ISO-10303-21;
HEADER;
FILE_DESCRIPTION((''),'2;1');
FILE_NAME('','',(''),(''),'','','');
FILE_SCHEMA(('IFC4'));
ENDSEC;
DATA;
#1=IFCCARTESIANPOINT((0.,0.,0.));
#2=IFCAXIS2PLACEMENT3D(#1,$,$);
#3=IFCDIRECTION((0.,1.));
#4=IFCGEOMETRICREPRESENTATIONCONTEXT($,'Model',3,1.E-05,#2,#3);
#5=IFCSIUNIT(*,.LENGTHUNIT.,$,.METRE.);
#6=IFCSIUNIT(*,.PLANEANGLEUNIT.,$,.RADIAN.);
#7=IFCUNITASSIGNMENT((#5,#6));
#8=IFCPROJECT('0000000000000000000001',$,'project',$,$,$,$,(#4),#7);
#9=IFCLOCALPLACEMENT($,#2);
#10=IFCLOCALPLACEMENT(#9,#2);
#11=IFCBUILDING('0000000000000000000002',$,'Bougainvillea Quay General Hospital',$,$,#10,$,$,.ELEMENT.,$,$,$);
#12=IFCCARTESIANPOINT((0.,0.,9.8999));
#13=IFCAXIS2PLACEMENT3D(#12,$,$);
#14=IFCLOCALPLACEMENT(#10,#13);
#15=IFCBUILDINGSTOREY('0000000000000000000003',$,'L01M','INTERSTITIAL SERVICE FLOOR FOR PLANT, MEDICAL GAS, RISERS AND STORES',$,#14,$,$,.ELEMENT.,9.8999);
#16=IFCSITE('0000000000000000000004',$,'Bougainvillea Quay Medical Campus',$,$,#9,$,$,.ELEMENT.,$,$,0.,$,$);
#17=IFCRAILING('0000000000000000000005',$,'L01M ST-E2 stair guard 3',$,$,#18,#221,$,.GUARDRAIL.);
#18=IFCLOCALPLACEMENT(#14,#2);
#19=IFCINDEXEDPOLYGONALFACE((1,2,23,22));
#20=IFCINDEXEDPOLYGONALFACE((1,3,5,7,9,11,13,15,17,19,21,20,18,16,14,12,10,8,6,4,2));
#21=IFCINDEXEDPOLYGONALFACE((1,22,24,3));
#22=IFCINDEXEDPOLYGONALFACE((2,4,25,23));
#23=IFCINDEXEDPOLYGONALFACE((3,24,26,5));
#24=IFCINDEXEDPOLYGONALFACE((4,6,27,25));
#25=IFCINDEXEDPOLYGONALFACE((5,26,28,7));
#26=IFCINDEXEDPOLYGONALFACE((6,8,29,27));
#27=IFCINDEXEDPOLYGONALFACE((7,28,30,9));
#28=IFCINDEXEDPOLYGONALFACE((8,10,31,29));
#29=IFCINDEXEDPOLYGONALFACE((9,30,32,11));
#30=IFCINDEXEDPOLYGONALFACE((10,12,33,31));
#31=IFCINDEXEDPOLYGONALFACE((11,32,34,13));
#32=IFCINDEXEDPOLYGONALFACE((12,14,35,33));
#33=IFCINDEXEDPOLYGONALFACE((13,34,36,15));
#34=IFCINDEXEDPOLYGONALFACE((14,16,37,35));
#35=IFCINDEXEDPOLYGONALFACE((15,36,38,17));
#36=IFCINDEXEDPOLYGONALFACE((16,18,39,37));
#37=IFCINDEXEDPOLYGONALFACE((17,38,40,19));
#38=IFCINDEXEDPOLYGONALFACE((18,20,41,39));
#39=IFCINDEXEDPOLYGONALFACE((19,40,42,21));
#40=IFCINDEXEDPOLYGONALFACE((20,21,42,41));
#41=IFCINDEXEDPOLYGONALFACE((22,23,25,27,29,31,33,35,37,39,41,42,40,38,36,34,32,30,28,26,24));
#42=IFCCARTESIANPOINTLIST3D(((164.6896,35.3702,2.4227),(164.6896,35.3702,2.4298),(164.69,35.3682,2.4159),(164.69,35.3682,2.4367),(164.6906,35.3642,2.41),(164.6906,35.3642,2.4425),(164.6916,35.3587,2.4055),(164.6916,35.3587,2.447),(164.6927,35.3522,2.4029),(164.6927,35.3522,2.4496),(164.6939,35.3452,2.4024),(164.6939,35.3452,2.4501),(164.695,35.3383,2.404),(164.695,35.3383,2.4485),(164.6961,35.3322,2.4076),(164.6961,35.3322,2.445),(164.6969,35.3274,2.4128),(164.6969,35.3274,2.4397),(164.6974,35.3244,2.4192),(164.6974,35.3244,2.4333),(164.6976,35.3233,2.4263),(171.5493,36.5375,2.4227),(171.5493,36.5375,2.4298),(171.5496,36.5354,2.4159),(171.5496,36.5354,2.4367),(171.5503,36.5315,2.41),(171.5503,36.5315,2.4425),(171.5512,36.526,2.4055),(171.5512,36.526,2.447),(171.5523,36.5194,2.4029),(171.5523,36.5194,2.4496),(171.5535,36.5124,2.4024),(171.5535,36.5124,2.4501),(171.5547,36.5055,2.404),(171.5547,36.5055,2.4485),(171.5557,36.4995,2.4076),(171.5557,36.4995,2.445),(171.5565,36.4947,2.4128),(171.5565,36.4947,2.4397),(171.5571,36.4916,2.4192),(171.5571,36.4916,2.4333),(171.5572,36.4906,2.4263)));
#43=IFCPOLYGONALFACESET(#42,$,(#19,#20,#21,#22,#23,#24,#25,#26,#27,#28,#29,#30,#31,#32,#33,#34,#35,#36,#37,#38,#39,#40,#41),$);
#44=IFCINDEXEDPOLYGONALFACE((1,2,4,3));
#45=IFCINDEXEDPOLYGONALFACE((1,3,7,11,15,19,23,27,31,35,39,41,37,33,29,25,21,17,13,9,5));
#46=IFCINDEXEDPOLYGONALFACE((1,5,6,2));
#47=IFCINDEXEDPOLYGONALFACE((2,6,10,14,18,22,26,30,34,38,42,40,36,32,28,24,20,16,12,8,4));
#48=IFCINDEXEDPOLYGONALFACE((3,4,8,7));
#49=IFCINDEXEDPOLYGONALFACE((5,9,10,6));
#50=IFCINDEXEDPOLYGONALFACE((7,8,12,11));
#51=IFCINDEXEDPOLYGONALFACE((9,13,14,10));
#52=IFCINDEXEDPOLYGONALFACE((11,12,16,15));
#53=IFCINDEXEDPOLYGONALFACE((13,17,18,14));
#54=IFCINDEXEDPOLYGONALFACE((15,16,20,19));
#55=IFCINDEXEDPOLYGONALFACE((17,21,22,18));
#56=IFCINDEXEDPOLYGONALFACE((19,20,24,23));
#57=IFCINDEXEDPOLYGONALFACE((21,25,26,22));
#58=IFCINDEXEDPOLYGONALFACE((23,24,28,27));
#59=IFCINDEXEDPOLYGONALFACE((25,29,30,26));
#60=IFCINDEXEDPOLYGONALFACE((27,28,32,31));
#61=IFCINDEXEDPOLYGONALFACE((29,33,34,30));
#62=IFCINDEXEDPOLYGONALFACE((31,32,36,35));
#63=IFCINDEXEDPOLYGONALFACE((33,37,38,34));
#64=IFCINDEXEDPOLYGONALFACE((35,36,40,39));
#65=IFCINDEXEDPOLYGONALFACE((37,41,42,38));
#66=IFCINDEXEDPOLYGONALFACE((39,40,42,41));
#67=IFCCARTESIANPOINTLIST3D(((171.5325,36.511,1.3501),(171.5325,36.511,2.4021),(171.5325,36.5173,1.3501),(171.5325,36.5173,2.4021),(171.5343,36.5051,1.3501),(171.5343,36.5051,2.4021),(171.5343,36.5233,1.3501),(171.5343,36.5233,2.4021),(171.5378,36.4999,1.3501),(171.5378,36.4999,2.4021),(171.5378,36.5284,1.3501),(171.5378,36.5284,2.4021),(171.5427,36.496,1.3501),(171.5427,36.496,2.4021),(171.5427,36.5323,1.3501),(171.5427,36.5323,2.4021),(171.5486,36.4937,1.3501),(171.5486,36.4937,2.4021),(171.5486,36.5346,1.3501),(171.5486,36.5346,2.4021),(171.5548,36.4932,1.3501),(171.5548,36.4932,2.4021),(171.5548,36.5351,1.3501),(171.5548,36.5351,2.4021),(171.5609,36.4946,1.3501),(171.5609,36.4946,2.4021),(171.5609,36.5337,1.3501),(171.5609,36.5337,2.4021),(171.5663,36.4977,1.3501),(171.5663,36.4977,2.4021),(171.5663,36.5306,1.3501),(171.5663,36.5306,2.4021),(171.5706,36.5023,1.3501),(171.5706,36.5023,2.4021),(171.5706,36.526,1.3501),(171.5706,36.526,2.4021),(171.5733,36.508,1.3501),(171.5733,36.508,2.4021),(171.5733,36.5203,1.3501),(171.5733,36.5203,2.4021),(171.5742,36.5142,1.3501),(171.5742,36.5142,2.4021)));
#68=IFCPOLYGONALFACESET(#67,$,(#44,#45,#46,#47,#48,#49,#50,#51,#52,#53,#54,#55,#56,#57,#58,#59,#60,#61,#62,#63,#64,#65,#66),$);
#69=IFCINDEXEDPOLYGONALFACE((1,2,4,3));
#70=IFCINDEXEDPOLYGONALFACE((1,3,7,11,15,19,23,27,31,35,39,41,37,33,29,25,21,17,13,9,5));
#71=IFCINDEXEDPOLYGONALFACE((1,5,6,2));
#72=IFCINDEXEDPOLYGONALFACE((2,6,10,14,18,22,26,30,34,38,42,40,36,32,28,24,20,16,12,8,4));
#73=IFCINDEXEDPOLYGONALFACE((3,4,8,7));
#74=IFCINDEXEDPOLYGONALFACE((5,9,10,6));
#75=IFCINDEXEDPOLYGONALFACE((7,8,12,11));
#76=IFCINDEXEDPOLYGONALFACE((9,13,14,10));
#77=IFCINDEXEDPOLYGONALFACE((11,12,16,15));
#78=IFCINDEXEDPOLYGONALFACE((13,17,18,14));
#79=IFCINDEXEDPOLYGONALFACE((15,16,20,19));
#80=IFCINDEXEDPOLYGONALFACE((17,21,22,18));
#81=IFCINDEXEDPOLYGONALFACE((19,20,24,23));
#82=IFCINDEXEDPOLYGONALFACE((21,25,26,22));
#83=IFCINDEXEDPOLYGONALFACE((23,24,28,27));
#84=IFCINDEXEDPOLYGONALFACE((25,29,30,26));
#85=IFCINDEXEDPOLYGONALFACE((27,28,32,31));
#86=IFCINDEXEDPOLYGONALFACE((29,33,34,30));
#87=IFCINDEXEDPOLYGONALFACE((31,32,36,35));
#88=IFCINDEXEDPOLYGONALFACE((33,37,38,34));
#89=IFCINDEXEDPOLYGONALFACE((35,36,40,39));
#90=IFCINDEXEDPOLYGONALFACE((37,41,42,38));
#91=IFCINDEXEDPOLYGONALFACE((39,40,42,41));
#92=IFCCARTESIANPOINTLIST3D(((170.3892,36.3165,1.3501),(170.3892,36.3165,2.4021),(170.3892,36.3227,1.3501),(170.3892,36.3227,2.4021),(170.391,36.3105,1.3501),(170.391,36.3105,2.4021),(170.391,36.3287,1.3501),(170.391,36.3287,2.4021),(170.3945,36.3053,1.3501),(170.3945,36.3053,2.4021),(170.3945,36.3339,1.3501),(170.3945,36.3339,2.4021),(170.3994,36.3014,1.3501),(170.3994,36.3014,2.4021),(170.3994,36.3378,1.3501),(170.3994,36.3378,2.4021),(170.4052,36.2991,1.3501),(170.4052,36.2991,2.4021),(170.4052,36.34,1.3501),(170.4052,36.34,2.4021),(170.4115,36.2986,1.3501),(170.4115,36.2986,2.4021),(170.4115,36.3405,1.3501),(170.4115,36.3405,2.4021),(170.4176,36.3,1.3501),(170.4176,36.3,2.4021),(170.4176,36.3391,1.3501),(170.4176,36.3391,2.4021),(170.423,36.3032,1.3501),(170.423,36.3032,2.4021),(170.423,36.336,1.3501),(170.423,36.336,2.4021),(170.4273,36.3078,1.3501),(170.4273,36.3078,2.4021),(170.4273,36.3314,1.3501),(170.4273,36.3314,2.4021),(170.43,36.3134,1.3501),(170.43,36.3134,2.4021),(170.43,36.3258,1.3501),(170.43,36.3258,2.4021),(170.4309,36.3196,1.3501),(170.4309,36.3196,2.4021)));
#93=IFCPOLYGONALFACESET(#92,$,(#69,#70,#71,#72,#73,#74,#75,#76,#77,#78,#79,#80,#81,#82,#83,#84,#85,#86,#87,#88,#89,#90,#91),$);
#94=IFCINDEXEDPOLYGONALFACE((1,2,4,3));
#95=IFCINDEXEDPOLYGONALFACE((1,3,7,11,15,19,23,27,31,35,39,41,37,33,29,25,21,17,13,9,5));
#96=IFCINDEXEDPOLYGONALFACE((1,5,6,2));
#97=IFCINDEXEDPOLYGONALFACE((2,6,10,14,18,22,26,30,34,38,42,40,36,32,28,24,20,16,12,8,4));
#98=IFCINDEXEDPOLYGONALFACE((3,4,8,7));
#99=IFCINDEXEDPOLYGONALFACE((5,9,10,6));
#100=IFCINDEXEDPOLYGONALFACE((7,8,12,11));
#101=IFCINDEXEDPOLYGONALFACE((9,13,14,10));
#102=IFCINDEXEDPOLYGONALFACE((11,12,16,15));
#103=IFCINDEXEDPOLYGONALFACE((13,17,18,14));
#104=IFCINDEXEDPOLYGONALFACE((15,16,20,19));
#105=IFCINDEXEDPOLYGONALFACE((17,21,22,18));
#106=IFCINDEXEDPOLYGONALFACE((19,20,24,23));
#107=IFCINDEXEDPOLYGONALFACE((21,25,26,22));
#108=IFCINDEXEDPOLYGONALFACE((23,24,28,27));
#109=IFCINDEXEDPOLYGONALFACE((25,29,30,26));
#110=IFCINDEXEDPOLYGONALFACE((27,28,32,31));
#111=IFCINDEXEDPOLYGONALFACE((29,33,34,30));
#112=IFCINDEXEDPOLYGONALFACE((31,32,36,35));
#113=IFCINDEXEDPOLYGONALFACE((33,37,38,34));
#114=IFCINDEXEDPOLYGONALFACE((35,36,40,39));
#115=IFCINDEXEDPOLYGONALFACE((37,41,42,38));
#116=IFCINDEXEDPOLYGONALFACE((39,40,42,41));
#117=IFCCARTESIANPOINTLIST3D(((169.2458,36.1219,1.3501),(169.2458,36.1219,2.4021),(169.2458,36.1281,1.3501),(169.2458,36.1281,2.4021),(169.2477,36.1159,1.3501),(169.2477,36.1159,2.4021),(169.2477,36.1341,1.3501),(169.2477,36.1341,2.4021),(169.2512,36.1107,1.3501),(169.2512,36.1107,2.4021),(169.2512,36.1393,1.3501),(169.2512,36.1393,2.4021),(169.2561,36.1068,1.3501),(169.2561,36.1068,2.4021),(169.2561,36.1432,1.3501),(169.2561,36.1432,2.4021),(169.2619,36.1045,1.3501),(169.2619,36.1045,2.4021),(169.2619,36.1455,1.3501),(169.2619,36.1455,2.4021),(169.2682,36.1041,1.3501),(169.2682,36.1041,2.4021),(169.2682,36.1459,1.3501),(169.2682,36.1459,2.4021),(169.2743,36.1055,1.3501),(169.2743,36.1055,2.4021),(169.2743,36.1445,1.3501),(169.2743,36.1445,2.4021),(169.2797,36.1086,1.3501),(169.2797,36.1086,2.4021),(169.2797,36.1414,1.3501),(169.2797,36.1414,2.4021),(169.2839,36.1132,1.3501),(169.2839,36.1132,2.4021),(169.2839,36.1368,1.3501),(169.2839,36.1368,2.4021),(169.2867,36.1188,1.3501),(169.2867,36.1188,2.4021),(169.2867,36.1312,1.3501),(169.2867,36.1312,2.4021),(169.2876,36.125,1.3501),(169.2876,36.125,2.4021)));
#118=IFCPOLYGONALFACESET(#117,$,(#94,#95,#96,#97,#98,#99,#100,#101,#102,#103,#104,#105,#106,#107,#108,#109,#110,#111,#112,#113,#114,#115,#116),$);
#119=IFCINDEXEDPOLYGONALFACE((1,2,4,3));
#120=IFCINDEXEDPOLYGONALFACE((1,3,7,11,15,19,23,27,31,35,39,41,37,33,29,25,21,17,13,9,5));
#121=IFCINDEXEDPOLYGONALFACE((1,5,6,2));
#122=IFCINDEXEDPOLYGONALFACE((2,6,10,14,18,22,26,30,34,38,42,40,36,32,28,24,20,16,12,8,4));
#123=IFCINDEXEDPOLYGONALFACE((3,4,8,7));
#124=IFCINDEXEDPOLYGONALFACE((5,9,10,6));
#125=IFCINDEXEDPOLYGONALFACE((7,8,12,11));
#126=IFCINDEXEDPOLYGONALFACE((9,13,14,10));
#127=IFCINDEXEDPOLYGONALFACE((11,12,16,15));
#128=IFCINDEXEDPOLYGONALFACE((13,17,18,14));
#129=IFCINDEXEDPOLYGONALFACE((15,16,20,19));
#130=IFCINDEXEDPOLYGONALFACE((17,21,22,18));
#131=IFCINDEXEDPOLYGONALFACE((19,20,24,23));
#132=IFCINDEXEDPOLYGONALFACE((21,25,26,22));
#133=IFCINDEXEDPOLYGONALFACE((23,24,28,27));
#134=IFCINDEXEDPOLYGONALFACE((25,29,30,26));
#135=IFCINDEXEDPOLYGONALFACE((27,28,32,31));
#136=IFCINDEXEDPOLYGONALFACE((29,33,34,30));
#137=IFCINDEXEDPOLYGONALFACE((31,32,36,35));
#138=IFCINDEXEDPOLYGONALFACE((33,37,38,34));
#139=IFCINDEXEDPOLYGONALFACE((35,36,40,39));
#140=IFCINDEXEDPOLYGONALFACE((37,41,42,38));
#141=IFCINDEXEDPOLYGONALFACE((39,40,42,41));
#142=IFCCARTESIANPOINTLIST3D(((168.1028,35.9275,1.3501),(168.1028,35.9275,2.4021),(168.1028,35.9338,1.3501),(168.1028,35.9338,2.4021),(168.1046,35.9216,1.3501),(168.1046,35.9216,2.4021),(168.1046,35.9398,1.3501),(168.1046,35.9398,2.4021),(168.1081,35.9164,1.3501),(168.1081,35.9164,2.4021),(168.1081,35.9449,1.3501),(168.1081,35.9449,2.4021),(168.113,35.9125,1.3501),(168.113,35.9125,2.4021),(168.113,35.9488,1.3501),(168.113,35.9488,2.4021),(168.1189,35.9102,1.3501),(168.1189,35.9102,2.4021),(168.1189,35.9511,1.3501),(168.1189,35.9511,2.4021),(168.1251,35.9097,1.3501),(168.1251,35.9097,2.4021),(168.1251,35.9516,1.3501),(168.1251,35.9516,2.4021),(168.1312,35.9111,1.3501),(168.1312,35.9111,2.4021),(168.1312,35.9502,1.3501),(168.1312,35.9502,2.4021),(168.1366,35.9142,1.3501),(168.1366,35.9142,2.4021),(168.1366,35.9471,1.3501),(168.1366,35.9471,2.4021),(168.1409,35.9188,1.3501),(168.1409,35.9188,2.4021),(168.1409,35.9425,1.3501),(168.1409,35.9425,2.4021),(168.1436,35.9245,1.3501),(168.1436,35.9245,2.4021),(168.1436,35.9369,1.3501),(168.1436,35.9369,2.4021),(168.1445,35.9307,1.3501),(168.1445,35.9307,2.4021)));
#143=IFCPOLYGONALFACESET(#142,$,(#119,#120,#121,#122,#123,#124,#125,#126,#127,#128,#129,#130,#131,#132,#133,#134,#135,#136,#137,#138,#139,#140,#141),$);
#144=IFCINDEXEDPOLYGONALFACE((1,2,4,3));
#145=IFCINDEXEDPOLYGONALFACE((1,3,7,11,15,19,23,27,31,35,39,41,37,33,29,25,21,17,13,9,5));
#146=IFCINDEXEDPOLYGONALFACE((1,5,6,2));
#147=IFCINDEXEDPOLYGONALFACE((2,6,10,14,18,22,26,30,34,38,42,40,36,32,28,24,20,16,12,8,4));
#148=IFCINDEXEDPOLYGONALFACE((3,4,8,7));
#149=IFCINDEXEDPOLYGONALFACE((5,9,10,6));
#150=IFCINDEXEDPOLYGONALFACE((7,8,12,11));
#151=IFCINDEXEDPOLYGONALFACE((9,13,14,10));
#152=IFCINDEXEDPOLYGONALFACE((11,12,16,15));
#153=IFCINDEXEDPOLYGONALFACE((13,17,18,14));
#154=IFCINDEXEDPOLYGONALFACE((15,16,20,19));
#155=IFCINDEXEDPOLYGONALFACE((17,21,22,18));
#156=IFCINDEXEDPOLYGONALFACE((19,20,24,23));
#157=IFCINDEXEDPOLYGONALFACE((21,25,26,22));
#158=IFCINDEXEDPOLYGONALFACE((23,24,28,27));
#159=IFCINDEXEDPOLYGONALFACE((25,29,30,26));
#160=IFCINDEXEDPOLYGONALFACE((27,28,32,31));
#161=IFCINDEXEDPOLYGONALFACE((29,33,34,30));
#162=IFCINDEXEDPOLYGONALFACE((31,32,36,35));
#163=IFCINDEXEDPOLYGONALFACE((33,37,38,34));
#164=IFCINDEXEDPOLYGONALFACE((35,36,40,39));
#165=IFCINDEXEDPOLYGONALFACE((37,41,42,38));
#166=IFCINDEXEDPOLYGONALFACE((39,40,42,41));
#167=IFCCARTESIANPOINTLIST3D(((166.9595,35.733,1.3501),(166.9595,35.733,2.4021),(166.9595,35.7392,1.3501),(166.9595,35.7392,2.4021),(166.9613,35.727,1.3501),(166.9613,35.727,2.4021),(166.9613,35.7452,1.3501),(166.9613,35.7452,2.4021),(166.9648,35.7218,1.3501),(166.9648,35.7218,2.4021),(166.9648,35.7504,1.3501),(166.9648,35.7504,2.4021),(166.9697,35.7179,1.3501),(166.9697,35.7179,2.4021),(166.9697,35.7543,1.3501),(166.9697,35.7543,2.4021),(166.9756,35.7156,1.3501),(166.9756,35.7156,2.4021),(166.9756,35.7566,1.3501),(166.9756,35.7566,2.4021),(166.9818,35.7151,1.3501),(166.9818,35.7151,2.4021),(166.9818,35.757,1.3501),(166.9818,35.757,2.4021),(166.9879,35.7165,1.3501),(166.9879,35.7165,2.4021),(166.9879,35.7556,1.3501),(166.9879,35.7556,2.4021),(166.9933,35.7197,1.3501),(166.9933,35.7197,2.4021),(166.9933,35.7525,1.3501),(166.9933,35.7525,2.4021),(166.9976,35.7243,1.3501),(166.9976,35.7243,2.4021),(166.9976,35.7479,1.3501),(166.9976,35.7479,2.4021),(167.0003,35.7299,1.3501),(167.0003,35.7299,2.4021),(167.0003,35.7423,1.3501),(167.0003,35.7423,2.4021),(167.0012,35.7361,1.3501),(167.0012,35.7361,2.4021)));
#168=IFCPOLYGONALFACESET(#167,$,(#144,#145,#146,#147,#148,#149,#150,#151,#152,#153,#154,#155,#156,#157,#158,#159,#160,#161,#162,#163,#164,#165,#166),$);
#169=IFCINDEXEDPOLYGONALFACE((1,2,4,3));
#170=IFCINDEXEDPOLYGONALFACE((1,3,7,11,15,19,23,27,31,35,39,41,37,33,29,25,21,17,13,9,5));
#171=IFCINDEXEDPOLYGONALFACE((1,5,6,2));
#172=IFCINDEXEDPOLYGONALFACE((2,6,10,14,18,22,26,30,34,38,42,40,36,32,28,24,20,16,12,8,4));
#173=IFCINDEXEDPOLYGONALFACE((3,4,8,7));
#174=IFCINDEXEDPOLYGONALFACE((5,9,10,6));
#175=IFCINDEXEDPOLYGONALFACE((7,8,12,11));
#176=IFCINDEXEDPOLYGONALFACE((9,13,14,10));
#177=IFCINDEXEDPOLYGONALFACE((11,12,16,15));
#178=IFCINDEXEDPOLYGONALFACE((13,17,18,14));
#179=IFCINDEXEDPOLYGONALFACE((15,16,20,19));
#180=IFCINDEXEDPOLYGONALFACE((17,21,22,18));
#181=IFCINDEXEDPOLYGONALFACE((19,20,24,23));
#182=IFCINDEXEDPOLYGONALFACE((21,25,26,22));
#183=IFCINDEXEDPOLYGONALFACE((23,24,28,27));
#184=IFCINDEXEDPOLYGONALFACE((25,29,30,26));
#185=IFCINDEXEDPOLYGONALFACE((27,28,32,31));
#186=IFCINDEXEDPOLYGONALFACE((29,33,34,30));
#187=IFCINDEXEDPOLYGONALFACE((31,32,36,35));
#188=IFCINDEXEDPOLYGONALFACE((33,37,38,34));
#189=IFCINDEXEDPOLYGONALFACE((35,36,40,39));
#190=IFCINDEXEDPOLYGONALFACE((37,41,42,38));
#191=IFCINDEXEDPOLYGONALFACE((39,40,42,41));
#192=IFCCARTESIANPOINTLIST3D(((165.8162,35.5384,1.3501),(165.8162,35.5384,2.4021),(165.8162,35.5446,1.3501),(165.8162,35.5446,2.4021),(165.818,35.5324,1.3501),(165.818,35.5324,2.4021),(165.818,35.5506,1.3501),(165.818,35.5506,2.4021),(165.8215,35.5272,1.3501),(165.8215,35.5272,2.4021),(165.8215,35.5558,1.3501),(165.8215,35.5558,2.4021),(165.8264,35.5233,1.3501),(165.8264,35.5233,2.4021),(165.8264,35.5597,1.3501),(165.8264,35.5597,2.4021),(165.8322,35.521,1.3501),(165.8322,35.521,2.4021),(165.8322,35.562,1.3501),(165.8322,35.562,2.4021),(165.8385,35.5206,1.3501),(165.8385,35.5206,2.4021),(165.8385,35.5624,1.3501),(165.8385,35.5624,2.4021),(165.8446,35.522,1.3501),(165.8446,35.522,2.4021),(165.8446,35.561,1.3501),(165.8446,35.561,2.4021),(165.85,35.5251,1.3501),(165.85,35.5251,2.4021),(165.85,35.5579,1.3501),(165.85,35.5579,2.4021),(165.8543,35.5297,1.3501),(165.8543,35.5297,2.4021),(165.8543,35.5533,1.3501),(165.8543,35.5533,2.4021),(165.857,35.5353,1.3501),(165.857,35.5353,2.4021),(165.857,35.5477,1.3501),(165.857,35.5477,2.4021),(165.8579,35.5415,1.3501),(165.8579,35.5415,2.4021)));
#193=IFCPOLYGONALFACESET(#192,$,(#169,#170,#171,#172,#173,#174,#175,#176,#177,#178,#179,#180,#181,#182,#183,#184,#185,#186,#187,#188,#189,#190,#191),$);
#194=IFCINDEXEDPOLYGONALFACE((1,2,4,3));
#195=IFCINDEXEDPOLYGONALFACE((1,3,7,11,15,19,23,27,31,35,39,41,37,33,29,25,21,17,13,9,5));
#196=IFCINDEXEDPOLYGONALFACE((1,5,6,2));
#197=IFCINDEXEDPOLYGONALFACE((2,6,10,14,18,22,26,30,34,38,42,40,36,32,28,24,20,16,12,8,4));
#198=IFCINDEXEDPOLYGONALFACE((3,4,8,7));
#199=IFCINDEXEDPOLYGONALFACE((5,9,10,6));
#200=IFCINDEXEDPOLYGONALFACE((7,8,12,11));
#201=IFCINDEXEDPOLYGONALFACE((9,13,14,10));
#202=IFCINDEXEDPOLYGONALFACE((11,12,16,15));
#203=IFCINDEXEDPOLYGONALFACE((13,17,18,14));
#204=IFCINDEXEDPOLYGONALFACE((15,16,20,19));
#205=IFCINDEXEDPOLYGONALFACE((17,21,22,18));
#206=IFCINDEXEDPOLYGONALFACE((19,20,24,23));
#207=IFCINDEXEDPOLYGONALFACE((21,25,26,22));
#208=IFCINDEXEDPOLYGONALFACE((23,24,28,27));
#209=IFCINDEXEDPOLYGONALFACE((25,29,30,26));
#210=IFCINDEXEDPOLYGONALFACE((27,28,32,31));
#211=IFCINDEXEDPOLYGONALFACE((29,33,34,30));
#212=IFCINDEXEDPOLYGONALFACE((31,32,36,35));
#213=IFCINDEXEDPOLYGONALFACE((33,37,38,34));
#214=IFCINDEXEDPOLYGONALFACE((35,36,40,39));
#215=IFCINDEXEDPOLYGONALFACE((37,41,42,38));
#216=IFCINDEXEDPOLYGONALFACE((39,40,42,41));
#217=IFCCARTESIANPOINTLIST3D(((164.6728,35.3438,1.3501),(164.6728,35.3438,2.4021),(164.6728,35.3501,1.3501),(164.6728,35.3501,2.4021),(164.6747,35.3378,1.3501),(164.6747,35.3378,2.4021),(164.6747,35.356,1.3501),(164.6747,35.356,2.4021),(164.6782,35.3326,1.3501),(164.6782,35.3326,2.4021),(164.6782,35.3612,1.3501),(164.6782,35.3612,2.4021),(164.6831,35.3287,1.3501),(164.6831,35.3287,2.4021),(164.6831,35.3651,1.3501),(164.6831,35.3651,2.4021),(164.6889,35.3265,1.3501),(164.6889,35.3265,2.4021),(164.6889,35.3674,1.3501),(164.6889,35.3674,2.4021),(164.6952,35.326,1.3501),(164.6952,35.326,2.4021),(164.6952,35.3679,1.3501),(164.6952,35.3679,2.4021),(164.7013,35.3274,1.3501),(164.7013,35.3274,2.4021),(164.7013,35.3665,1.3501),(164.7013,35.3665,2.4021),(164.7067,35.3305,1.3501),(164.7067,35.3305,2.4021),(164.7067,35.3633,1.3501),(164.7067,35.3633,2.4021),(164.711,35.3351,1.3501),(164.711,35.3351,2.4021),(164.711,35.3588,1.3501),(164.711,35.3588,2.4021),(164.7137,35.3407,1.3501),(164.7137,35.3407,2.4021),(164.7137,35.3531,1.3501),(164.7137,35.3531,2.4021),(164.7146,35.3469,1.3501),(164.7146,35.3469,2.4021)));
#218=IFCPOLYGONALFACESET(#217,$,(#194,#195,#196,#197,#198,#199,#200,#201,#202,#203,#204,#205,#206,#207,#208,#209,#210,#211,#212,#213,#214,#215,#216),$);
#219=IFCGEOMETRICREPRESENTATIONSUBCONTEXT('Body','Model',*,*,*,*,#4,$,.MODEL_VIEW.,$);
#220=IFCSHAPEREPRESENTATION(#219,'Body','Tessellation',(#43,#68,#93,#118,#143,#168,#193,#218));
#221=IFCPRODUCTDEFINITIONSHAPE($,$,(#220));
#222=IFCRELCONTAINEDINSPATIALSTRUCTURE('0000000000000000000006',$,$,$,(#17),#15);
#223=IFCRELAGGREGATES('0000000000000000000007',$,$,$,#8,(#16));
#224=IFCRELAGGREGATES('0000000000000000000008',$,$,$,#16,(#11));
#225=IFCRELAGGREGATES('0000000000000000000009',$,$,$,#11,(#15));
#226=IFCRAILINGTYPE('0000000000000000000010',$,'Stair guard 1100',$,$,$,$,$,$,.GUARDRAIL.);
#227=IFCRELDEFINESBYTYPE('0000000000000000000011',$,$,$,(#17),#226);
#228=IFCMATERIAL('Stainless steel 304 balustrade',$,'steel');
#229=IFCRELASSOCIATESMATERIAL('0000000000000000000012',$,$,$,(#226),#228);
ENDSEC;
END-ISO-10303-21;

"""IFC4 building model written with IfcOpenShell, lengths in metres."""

from ifc_helpers import new_model, si_unit, direction, frame, origin, origin_2d, place, context, subcontext, project, spatial, circle, extrude, material, type_object, element, save


model = new_model("IFC4")

# Units and contexts
model_context = context("Model", 3, precision=1e-05, world=origin(), true_north=direction((0.0, 1.0)))
body_context = subcontext(model_context, "Body", "Model", "MODEL_VIEW")
ifc_project = project(units=[si_unit("LENGTHUNIT", "METRE"), si_unit("PLANEANGLEUNIT", "RADIAN")], contexts=[model_context])

# Site, building, storey
site_placement = place(None, origin())
site = spatial("IfcSite", under=ifc_project, at=site_placement, Name="Bougainvillea Quay Medical Campus", CompositionType="ELEMENT", RefElevation=0.0)
building_placement = place(site_placement, origin())
building = spatial("IfcBuilding", under=site, at=building_placement, Name="Bougainvillea Quay General Hospital", CompositionType="ELEMENT")
storey_placement = place(building_placement, frame((0.0, 0.0, 9.8999)))
storey = spatial("IfcBuildingStorey", under=building, at=storey_placement, Name="L01M", Description="INTERSTITIAL SERVICE FLOOR FOR PLANT, MEDICAL GAS, RISERS AND STORES", CompositionType="ELEMENT", Elevation=9.8999)

# Railing
ifc_material_1 = material(Name="Stainless steel 304 balustrade", Category="steel")
railing_type_1 = type_object("IfcRailingType", Name="Stair guard 1100", PredefinedType="GUARDRAIL", material=ifc_material_1)
railing_1_placement = place(storey_placement, frame((171.5532, 36.5142, 1.3501)))
element("IfcRailing", 1, at=railing_1_placement, inside=storey, type_object=railing_type_1, Name="L01M ST-E2 stair guard 3", PredefinedType="GUARDRAIL", context=body_context, shape_type="SweptSolid", body=[
    extrude(circle(Radius=0.0239, at=origin_2d()), frame((0.0, 0.0, 1.0762), z_axis=(-0.98583, -0.167749, 0.0), x_axis=(0.167749, -0.98583, 0.0)), (0.0, 0.0, 1.0), 6.9583),
    extrude(circle(Radius=0.021, at=origin_2d()), origin(), (0.0, 0.0, 1.0), 1.052),
    extrude(circle(Radius=0.021, at=origin_2d()), frame((-1.1433, -0.1946, 0.0)), (0.0, 0.0, 1.0), 1.052),
    extrude(circle(Radius=0.021, at=origin_2d()), frame((-2.2866, -0.3892, 0.0)), (0.0, 0.0, 1.0), 1.052),
    extrude(circle(Radius=0.021, at=origin_2d()), frame((-3.4297, -0.5835, 0.0)), (0.0, 0.0, 1.0), 1.052),
    extrude(circle(Radius=0.021, at=origin_2d()), frame((-4.573, -0.7781, 0.0)), (0.0, 0.0, 1.0), 1.052),
    extrude(circle(Radius=0.021, at=origin_2d()), frame((-5.7163, -0.9727, 0.0)), (0.0, 0.0, 1.0), 1.052),
    extrude(circle(Radius=0.021, at=origin_2d()), frame((-6.8596, -1.1672, 0.0)), (0.0, 0.0, 1.0), 1.052),
])

save(model, "model.ifc")
